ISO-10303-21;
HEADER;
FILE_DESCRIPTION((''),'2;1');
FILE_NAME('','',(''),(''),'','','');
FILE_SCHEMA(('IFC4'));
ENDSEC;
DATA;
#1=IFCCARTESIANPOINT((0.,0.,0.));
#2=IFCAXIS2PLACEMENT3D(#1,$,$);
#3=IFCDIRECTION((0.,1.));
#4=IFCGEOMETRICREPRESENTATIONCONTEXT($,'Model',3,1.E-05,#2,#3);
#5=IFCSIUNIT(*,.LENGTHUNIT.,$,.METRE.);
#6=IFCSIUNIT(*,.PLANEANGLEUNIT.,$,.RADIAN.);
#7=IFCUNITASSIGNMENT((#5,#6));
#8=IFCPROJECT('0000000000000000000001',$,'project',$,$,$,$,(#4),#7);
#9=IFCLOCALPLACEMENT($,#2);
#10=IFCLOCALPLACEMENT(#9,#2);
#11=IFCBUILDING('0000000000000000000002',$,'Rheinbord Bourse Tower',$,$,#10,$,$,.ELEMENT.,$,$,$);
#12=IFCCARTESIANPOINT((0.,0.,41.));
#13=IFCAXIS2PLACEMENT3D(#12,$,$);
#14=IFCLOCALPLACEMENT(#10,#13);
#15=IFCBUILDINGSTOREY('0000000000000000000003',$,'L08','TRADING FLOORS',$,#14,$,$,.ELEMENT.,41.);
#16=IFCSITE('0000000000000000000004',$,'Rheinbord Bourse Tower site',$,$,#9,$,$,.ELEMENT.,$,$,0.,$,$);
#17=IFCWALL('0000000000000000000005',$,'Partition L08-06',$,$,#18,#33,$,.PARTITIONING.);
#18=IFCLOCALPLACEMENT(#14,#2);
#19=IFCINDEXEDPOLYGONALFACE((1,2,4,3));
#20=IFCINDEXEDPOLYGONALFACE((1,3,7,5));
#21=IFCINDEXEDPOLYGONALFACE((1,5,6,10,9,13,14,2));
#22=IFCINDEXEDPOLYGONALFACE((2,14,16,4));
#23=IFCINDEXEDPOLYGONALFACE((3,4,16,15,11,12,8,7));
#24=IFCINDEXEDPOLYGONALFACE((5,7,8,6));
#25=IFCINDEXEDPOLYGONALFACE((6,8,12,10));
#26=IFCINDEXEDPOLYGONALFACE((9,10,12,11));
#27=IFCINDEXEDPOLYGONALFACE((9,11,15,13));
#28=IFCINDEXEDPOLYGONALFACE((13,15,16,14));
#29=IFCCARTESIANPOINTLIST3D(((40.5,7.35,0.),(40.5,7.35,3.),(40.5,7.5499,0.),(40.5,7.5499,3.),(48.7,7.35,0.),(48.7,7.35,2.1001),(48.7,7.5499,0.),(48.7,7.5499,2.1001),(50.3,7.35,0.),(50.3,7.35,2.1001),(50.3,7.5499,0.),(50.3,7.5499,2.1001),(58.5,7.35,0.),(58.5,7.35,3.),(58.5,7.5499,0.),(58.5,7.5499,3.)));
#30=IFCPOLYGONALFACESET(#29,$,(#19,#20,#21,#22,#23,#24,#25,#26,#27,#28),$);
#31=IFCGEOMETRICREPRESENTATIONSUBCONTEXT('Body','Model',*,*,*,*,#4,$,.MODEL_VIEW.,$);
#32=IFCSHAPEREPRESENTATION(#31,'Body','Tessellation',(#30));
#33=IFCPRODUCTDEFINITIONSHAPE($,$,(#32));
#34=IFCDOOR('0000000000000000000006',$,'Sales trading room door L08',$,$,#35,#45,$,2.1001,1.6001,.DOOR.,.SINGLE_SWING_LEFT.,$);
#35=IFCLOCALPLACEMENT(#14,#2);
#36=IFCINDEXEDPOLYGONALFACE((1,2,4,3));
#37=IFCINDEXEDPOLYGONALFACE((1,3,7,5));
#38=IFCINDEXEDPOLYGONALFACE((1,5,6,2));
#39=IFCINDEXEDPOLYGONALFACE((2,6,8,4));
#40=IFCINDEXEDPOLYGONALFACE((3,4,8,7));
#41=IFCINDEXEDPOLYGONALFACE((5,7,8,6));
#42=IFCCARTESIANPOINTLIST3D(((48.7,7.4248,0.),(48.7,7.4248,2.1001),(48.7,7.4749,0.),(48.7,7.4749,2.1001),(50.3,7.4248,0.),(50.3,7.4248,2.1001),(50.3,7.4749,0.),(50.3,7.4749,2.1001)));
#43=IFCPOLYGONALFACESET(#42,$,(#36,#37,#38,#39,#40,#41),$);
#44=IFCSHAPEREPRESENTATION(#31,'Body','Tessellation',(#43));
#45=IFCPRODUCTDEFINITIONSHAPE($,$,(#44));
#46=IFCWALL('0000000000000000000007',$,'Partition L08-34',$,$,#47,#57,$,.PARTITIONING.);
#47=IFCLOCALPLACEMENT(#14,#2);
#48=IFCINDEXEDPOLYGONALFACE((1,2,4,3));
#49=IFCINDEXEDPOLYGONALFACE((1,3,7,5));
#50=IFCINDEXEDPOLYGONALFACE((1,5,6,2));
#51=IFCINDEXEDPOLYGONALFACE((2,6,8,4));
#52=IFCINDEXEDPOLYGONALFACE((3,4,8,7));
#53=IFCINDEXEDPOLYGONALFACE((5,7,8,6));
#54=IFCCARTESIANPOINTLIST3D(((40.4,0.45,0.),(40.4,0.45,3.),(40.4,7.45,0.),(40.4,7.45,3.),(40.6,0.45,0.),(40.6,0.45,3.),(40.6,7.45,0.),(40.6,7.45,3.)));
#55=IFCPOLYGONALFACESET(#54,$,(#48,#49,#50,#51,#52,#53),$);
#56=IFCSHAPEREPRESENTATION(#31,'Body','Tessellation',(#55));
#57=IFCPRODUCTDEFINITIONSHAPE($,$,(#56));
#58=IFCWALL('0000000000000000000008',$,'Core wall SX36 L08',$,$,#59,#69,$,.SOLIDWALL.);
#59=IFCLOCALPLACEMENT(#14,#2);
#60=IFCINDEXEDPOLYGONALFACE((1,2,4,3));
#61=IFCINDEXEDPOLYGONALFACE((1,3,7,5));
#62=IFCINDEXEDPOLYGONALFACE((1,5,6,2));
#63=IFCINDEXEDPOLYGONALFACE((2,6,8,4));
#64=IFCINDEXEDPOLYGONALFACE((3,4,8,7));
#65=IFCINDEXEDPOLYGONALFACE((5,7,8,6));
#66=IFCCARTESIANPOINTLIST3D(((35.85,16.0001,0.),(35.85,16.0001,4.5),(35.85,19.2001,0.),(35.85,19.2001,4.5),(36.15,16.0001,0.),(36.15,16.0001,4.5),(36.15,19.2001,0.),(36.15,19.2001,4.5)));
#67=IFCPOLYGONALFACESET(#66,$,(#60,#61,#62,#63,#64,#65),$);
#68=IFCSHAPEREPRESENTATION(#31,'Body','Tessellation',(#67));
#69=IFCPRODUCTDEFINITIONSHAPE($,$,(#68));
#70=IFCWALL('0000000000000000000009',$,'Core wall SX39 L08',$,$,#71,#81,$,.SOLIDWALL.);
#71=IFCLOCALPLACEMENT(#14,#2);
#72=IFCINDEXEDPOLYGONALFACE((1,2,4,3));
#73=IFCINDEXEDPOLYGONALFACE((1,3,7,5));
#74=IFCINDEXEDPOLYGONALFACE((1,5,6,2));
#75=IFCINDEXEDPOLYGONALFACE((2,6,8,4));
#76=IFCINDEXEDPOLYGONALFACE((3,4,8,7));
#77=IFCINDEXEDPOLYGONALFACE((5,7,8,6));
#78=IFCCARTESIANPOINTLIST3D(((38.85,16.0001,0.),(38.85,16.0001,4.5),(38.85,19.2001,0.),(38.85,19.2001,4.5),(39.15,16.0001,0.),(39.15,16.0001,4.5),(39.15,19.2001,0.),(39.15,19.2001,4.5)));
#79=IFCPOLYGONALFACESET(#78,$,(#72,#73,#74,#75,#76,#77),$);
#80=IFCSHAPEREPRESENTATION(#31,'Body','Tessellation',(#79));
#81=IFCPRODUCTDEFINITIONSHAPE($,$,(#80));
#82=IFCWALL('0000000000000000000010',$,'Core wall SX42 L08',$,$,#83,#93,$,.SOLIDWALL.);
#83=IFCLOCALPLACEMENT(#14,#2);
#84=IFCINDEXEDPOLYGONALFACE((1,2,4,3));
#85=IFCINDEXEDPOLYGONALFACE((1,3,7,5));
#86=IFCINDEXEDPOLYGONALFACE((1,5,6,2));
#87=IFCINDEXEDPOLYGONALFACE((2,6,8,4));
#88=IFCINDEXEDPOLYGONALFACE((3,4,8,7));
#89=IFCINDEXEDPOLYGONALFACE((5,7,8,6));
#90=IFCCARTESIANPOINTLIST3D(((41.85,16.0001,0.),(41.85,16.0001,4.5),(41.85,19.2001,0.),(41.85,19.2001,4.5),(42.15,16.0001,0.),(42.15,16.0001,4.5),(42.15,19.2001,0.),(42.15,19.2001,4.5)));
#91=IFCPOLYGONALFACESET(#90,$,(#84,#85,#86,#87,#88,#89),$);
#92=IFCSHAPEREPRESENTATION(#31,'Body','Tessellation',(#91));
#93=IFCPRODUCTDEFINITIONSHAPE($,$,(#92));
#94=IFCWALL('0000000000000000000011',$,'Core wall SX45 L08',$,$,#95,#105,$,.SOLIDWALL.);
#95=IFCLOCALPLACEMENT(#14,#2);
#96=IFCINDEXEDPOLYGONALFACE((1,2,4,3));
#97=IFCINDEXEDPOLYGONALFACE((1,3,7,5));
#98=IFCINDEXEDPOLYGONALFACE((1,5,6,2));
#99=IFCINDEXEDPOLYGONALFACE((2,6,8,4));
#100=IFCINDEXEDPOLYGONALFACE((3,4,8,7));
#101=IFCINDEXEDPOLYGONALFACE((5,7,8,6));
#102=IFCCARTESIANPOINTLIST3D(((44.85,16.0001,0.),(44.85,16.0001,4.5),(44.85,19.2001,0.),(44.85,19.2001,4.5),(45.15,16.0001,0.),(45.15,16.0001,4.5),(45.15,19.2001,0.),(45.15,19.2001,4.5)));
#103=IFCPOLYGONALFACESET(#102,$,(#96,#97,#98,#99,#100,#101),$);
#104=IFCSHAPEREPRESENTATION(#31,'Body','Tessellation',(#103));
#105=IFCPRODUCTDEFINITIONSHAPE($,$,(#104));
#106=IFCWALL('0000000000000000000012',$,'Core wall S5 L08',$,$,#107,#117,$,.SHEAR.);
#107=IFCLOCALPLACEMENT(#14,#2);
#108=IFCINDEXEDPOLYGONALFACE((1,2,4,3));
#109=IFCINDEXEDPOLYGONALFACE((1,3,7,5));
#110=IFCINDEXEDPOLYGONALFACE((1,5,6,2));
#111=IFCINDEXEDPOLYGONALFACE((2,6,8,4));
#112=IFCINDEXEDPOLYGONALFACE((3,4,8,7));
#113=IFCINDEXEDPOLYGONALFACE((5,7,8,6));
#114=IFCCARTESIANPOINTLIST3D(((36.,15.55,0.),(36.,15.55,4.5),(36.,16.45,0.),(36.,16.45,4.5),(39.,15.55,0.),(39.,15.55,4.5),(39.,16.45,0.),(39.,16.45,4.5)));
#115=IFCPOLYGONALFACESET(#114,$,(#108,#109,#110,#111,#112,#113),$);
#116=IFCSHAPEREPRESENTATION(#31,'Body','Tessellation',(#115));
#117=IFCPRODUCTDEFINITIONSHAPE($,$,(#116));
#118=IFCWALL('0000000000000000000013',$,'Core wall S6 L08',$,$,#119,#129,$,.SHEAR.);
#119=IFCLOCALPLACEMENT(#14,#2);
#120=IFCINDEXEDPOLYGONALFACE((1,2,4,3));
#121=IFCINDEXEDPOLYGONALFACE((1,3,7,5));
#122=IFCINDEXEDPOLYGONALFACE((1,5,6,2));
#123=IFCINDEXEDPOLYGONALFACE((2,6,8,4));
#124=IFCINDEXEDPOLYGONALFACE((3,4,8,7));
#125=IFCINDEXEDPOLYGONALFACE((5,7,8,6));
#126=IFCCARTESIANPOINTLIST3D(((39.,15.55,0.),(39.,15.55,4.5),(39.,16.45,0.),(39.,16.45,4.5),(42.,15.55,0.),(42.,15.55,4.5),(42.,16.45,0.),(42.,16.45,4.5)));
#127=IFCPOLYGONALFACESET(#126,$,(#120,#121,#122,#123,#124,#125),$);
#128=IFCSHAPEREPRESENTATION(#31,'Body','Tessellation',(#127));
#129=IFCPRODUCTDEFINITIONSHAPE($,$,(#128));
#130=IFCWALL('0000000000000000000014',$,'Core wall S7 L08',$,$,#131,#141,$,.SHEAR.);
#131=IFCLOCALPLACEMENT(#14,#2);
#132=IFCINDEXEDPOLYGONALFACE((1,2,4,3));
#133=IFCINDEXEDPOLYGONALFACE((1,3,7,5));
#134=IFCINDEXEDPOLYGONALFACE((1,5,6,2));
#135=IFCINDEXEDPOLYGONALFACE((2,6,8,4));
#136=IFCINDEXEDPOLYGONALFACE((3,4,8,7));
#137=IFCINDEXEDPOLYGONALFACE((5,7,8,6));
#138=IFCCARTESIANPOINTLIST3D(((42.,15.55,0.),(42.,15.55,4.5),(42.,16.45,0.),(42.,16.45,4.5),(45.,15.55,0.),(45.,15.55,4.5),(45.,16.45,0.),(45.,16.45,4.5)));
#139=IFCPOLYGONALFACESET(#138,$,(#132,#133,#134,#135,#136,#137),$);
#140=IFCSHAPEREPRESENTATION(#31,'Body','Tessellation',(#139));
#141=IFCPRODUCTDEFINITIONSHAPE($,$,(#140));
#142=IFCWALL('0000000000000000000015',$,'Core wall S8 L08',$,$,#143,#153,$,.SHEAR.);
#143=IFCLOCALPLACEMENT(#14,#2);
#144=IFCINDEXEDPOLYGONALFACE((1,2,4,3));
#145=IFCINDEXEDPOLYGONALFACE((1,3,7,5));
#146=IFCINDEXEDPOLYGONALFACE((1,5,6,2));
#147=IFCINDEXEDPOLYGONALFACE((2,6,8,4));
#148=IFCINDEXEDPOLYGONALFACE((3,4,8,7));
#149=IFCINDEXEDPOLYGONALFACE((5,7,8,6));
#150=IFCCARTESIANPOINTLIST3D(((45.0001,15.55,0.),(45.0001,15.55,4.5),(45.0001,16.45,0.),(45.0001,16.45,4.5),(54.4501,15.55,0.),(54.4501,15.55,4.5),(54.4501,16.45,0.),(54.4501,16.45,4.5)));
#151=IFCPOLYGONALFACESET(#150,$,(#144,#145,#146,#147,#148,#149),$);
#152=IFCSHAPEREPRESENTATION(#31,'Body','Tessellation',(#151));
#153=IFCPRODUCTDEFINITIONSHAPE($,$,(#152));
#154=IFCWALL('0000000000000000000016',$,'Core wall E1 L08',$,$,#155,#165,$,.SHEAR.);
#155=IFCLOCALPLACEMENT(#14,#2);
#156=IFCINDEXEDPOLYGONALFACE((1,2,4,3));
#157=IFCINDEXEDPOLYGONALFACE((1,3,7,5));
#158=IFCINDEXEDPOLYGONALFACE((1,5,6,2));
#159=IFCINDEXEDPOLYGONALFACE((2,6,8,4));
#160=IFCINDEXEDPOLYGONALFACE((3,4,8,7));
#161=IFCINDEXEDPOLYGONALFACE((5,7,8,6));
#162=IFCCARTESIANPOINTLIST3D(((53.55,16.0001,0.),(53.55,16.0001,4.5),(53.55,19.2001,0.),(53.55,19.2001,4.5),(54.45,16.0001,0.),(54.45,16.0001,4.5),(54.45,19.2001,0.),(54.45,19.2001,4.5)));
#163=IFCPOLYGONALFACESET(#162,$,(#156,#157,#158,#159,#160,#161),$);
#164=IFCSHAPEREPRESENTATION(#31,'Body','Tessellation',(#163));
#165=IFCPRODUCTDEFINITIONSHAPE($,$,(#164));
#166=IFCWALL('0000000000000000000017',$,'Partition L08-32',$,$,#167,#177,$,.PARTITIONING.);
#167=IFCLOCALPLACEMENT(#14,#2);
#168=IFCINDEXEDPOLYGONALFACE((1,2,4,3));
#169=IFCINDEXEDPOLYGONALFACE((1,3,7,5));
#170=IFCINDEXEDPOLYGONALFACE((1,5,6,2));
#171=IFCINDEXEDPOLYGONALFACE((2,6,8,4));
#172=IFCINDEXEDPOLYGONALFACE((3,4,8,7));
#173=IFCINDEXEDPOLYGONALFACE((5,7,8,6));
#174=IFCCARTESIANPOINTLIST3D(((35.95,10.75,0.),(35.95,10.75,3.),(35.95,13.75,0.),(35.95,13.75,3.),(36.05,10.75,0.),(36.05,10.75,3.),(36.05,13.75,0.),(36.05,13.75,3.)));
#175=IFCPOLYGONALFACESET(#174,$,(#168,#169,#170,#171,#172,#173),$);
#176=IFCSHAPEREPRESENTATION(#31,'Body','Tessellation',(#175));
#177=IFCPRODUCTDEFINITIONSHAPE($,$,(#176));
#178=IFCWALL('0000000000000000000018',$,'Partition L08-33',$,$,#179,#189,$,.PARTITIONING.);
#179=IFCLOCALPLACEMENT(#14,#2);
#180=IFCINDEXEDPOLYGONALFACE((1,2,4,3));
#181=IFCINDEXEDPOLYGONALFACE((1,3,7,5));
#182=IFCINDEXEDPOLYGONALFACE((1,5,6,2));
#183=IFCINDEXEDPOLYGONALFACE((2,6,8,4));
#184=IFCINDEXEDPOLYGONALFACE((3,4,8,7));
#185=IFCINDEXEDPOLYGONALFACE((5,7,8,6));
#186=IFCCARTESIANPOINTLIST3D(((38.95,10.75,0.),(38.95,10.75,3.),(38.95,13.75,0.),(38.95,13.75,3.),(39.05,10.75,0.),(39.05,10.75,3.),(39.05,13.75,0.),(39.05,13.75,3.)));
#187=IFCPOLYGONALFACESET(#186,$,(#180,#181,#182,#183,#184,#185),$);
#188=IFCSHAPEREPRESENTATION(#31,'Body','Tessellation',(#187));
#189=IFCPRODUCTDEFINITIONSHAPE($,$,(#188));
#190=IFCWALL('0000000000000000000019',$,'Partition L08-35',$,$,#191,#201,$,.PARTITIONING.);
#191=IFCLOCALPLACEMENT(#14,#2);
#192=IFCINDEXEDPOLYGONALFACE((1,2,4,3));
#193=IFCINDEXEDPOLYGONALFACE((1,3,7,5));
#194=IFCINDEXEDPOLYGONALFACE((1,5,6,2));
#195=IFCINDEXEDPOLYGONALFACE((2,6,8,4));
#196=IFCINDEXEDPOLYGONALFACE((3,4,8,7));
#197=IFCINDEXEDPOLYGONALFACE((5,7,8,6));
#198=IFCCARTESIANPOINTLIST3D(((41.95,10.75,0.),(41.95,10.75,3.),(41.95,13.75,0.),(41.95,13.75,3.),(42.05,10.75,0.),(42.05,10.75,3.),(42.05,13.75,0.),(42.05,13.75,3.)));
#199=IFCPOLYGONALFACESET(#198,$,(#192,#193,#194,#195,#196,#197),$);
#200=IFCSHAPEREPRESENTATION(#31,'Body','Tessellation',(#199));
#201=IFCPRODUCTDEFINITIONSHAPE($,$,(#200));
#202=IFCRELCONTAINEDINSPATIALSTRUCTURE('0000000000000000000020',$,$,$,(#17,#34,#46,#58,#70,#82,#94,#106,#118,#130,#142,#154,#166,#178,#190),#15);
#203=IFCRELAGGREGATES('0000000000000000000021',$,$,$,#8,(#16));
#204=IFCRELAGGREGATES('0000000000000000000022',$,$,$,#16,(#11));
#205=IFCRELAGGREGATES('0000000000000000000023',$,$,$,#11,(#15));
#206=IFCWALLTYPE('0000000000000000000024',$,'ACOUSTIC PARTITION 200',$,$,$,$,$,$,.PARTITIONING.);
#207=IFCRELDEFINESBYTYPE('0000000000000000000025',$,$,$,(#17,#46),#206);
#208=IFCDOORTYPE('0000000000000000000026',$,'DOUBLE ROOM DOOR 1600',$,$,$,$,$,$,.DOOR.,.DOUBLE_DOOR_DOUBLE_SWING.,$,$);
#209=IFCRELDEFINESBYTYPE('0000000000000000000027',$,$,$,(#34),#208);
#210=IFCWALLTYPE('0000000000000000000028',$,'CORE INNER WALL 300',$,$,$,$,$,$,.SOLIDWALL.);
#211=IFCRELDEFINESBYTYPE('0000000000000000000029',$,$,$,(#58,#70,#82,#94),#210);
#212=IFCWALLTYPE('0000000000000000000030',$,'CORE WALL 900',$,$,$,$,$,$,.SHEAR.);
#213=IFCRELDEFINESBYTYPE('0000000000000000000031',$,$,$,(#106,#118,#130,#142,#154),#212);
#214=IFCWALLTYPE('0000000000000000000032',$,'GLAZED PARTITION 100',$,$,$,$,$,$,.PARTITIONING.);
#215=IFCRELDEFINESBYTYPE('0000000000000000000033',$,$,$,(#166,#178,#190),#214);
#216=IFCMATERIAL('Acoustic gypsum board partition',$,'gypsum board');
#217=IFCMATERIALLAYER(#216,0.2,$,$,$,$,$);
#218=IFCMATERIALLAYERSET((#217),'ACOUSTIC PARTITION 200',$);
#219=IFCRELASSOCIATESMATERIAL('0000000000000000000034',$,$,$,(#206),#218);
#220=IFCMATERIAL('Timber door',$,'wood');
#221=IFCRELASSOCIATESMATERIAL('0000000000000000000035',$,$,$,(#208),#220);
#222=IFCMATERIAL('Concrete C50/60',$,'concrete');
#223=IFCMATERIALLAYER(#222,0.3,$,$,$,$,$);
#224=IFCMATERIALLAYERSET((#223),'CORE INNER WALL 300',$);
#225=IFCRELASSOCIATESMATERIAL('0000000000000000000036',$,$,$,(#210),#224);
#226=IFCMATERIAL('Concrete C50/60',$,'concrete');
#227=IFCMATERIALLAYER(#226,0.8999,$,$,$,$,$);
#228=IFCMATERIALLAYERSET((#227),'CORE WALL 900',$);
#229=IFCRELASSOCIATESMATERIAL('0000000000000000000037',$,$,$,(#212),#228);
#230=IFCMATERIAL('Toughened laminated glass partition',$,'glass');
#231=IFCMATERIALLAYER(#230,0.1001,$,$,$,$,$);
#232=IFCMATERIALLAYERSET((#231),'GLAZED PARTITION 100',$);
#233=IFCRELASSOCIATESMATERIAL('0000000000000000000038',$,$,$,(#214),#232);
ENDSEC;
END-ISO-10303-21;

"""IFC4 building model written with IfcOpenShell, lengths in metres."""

from ifc_helpers import new_model, si_unit, direction, frame, frame_2d, origin, place, context, subcontext, project, spatial, rectangle, extrude, material, layer, layer_set, type_object, element, fill, save


model = new_model("IFC4")

# Units and contexts
model_context = context("Model", 3, precision=1e-05, world=origin(), true_north=direction((0.0, 1.0)))
body_context = subcontext(model_context, "Body", "Model", "MODEL_VIEW")
ifc_project = project(units=[si_unit("LENGTHUNIT", "METRE"), si_unit("PLANEANGLEUNIT", "RADIAN")], contexts=[model_context])

# Site, building, storey
site_placement = place(None, origin())
site = spatial("IfcSite", under=ifc_project, at=site_placement, Name="Rheinbord Bourse Tower site", CompositionType="ELEMENT", RefElevation=0.0)
building_placement = place(site_placement, origin())
building = spatial("IfcBuilding", under=site, at=building_placement, Name="Rheinbord Bourse Tower", CompositionType="ELEMENT")
storey_placement = place(building_placement, frame((0.0, 0.0, 41.0)))
storey = spatial("IfcBuildingStorey", under=building, at=storey_placement, Name="L08", Description="TRADING FLOORS", CompositionType="ELEMENT", Elevation=41.0)

# Wall, opening, door
ifc_material_1 = material(Name="Acoustic gypsum board partition", Category="gypsum board")
ifc_layer_1 = layer(ifc_material_1, 0.2)
ifc_layer_set_1 = layer_set([ifc_layer_1], Name="ACOUSTIC PARTITION 200")
wall_type_1 = type_object("IfcWallType", Name="ACOUSTIC PARTITION 200", PredefinedType="PARTITIONING", material=ifc_layer_set_1)
wall_1_placement = place(storey_placement, frame((40.5, 7.45, 0.0), z_axis=(0.0, 0.0, 1.0), x_axis=(1.0, 0.0, 0.0)))
wall_1 = element("IfcWall", 1, at=wall_1_placement, inside=storey, type_object=wall_type_1, Name="Partition L08-06", PredefinedType="PARTITIONING", context=body_context, shape_type="SweptSolid", body=[
    extrude(rectangle(XDim=18.0, YDim=0.2, at=frame_2d((9.0, 0.0))), origin(), (0.0, 0.0, 1.0), 3.0),
])
opening_1_placement = place(wall_1_placement, frame((8.2, 0.0, 0.0)))
opening_1 = element("IfcOpeningElement", 2, at=opening_1_placement, cuts=wall_1, PredefinedType="OPENING", context=body_context, shape_type="SweptSolid", body=[
    extrude(rectangle(XDim=1.6001, YDim=2.1001, at=frame_2d((0.8, 1.05))), frame((0.0, 0.1099, 0.0), z_axis=(0.0, -1.0, 0.0), x_axis=(1.0, 0.0, 0.0)), (0.0, 0.0, 1.0), 0.22),
])
ifc_material_2 = material(Name="Timber door", Category="wood")
door_type_1 = type_object("IfcDoorType", Name="DOUBLE ROOM DOOR 1600", OperationType="DOUBLE_DOOR_DOUBLE_SWING", PredefinedType="DOOR", material=ifc_material_2)
door_1_placement = place(opening_1_placement, origin())
door_1 = element("IfcDoor", 3, at=door_1_placement, inside=storey, type_object=door_type_1, Name="Sales trading room door L08", OperationType="SINGLE_SWING_LEFT", OverallHeight=2.1001, OverallWidth=1.6001, PredefinedType="DOOR", context=body_context, shape_type="SweptSolid", body=[
    extrude(rectangle(XDim=1.6001, YDim=2.1001, at=frame_2d((0.8, 1.05))), frame((0.0, 0.0249, 0.0), z_axis=(0.0, -1.0, 0.0), x_axis=(1.0, 0.0, 0.0)), (0.0, 0.0, 1.0), 0.05),
])
fill(opening_1, door_1)

# Walls
wall_2_placement = place(storey_placement, frame((40.5, 0.45, 0.0), z_axis=(0.0, 0.0, 1.0), x_axis=(0.0, 1.0, 0.0)))
element("IfcWall", 4, at=wall_2_placement, inside=storey, type_object=wall_type_1, Name="Partition L08-34", PredefinedType="PARTITIONING", context=body_context, shape_type="SweptSolid", body=[
    extrude(rectangle(XDim=7.0, YDim=0.2, at=frame_2d((3.5, 0.0))), origin(), (0.0, 0.0, 1.0), 3.0),
])
ifc_material_3 = material(Name="Concrete C50/60", Category="concrete")
ifc_layer_2 = layer(ifc_material_3, 0.3)
ifc_layer_set_2 = layer_set([ifc_layer_2], Name="CORE INNER WALL 300")
wall_type_2 = type_object("IfcWallType", Name="CORE INNER WALL 300", PredefinedType="SOLIDWALL", material=ifc_layer_set_2)
for number, where, z_axis, x_axis, name in (
    (5, (36.0, 16.0, 0.0), (0.0, 0.0, 1.0), (0.0, 1.0, 0.0), "Core wall SX36 L08"),
    (6, (39.0, 16.0, 0.0), (0.0, 0.0, 1.0), (0.0, 1.0, 0.0), "Core wall SX39 L08"),
    (7, (42.0, 16.0, 0.0), (0.0, 0.0, 1.0), (0.0, 1.0, 0.0), "Core wall SX42 L08"),
    (8, (45.0, 16.0, 0.0), (0.0, 0.0, 1.0), (0.0, 1.0, 0.0), "Core wall SX45 L08"),
):
    element("IfcWall", number, at=place(storey_placement, frame(where, z_axis=z_axis, x_axis=x_axis)), inside=storey, type_object=wall_type_2, Name=name, PredefinedType="SOLIDWALL", context=body_context, shape_type="SweptSolid", body=[
        extrude(rectangle(XDim=3.2, YDim=0.3, at=frame_2d((1.6001, 0.0))), origin(), (0.0, 0.0, 1.0), 4.5),
    ])
ifc_material_4 = material(Name="Concrete C50/60", Category="concrete")
ifc_layer_3 = layer(ifc_material_4, 0.8999)
ifc_layer_set_3 = layer_set([ifc_layer_3], Name="CORE WALL 900")
wall_type_3 = type_object("IfcWallType", Name="CORE WALL 900", PredefinedType="SHEAR", material=ifc_layer_set_3)
for number, where, z_axis, x_axis, name in (
    (9, (36.0, 16.0, 0.0), (0.0, 0.0, 1.0), (1.0, 0.0, 0.0), "Core wall S5 L08"),
    (10, (39.0, 16.0, 0.0), (0.0, 0.0, 1.0), (1.0, 0.0, 0.0), "Core wall S6 L08"),
    (11, (42.0, 16.0, 0.0), (0.0, 0.0, 1.0), (1.0, 0.0, 0.0), "Core wall S7 L08"),
):
    element("IfcWall", number, at=place(storey_placement, frame(where, z_axis=z_axis, x_axis=x_axis)), inside=storey, type_object=wall_type_3, Name=name, PredefinedType="SHEAR", context=body_context, shape_type="SweptSolid", body=[
        extrude(rectangle(XDim=3.0, YDim=0.8999, at=frame_2d((1.5, 0.0))), origin(), (0.0, 0.0, 1.0), 4.5),
    ])
wall_3_placement = place(storey_placement, frame((45.0, 16.0, 0.0), z_axis=(0.0, 0.0, 1.0), x_axis=(1.0, 0.0, 0.0)))
element("IfcWall", 12, at=wall_3_placement, inside=storey, type_object=wall_type_3, Name="Core wall S8 L08", PredefinedType="SHEAR", context=body_context, shape_type="SweptSolid", body=[
    extrude(rectangle(XDim=9.45, YDim=0.8999, at=frame_2d((4.7251, 0.0))), origin(), (0.0, 0.0, 1.0), 4.5),
])
wall_4_placement = place(storey_placement, frame((54.0, 16.0, 0.0), z_axis=(0.0, 0.0, 1.0), x_axis=(0.0, 1.0, 0.0)))
element("IfcWall", 13, at=wall_4_placement, inside=storey, type_object=wall_type_3, Name="Core wall E1 L08", PredefinedType="SHEAR", context=body_context, shape_type="SweptSolid", body=[
    extrude(rectangle(XDim=3.2, YDim=0.8999, at=frame_2d((1.6001, 0.0))), origin(), (0.0, 0.0, 1.0), 4.5),
])
ifc_material_5 = material(Name="Toughened laminated glass partition", Category="glass")
ifc_layer_4 = layer(ifc_material_5, 0.1001)
ifc_layer_set_4 = layer_set([ifc_layer_4], Name="GLAZED PARTITION 100")
wall_type_4 = type_object("IfcWallType", Name="GLAZED PARTITION 100", PredefinedType="PARTITIONING", material=ifc_layer_set_4)
for number, where, z_axis, x_axis, name in (
    (14, (36.0, 10.75, 0.0), (0.0, 0.0, 1.0), (0.0, 1.0, 0.0), "Partition L08-32"),
    (15, (39.0, 10.75, 0.0), (0.0, 0.0, 1.0), (0.0, 1.0, 0.0), "Partition L08-33"),
    (16, (42.0, 10.75, 0.0), (0.0, 0.0, 1.0), (0.0, 1.0, 0.0), "Partition L08-35"),
):
    element("IfcWall", number, at=place(storey_placement, frame(where, z_axis=z_axis, x_axis=x_axis)), inside=storey, type_object=wall_type_4, Name=name, PredefinedType="PARTITIONING", context=body_context, shape_type="SweptSolid", body=[
        extrude(rectangle(XDim=3.0, YDim=0.1001, at=frame_2d((1.5, 0.0))), origin(), (0.0, 0.0, 1.0), 3.0),
    ])

save(model, "model.ifc")
